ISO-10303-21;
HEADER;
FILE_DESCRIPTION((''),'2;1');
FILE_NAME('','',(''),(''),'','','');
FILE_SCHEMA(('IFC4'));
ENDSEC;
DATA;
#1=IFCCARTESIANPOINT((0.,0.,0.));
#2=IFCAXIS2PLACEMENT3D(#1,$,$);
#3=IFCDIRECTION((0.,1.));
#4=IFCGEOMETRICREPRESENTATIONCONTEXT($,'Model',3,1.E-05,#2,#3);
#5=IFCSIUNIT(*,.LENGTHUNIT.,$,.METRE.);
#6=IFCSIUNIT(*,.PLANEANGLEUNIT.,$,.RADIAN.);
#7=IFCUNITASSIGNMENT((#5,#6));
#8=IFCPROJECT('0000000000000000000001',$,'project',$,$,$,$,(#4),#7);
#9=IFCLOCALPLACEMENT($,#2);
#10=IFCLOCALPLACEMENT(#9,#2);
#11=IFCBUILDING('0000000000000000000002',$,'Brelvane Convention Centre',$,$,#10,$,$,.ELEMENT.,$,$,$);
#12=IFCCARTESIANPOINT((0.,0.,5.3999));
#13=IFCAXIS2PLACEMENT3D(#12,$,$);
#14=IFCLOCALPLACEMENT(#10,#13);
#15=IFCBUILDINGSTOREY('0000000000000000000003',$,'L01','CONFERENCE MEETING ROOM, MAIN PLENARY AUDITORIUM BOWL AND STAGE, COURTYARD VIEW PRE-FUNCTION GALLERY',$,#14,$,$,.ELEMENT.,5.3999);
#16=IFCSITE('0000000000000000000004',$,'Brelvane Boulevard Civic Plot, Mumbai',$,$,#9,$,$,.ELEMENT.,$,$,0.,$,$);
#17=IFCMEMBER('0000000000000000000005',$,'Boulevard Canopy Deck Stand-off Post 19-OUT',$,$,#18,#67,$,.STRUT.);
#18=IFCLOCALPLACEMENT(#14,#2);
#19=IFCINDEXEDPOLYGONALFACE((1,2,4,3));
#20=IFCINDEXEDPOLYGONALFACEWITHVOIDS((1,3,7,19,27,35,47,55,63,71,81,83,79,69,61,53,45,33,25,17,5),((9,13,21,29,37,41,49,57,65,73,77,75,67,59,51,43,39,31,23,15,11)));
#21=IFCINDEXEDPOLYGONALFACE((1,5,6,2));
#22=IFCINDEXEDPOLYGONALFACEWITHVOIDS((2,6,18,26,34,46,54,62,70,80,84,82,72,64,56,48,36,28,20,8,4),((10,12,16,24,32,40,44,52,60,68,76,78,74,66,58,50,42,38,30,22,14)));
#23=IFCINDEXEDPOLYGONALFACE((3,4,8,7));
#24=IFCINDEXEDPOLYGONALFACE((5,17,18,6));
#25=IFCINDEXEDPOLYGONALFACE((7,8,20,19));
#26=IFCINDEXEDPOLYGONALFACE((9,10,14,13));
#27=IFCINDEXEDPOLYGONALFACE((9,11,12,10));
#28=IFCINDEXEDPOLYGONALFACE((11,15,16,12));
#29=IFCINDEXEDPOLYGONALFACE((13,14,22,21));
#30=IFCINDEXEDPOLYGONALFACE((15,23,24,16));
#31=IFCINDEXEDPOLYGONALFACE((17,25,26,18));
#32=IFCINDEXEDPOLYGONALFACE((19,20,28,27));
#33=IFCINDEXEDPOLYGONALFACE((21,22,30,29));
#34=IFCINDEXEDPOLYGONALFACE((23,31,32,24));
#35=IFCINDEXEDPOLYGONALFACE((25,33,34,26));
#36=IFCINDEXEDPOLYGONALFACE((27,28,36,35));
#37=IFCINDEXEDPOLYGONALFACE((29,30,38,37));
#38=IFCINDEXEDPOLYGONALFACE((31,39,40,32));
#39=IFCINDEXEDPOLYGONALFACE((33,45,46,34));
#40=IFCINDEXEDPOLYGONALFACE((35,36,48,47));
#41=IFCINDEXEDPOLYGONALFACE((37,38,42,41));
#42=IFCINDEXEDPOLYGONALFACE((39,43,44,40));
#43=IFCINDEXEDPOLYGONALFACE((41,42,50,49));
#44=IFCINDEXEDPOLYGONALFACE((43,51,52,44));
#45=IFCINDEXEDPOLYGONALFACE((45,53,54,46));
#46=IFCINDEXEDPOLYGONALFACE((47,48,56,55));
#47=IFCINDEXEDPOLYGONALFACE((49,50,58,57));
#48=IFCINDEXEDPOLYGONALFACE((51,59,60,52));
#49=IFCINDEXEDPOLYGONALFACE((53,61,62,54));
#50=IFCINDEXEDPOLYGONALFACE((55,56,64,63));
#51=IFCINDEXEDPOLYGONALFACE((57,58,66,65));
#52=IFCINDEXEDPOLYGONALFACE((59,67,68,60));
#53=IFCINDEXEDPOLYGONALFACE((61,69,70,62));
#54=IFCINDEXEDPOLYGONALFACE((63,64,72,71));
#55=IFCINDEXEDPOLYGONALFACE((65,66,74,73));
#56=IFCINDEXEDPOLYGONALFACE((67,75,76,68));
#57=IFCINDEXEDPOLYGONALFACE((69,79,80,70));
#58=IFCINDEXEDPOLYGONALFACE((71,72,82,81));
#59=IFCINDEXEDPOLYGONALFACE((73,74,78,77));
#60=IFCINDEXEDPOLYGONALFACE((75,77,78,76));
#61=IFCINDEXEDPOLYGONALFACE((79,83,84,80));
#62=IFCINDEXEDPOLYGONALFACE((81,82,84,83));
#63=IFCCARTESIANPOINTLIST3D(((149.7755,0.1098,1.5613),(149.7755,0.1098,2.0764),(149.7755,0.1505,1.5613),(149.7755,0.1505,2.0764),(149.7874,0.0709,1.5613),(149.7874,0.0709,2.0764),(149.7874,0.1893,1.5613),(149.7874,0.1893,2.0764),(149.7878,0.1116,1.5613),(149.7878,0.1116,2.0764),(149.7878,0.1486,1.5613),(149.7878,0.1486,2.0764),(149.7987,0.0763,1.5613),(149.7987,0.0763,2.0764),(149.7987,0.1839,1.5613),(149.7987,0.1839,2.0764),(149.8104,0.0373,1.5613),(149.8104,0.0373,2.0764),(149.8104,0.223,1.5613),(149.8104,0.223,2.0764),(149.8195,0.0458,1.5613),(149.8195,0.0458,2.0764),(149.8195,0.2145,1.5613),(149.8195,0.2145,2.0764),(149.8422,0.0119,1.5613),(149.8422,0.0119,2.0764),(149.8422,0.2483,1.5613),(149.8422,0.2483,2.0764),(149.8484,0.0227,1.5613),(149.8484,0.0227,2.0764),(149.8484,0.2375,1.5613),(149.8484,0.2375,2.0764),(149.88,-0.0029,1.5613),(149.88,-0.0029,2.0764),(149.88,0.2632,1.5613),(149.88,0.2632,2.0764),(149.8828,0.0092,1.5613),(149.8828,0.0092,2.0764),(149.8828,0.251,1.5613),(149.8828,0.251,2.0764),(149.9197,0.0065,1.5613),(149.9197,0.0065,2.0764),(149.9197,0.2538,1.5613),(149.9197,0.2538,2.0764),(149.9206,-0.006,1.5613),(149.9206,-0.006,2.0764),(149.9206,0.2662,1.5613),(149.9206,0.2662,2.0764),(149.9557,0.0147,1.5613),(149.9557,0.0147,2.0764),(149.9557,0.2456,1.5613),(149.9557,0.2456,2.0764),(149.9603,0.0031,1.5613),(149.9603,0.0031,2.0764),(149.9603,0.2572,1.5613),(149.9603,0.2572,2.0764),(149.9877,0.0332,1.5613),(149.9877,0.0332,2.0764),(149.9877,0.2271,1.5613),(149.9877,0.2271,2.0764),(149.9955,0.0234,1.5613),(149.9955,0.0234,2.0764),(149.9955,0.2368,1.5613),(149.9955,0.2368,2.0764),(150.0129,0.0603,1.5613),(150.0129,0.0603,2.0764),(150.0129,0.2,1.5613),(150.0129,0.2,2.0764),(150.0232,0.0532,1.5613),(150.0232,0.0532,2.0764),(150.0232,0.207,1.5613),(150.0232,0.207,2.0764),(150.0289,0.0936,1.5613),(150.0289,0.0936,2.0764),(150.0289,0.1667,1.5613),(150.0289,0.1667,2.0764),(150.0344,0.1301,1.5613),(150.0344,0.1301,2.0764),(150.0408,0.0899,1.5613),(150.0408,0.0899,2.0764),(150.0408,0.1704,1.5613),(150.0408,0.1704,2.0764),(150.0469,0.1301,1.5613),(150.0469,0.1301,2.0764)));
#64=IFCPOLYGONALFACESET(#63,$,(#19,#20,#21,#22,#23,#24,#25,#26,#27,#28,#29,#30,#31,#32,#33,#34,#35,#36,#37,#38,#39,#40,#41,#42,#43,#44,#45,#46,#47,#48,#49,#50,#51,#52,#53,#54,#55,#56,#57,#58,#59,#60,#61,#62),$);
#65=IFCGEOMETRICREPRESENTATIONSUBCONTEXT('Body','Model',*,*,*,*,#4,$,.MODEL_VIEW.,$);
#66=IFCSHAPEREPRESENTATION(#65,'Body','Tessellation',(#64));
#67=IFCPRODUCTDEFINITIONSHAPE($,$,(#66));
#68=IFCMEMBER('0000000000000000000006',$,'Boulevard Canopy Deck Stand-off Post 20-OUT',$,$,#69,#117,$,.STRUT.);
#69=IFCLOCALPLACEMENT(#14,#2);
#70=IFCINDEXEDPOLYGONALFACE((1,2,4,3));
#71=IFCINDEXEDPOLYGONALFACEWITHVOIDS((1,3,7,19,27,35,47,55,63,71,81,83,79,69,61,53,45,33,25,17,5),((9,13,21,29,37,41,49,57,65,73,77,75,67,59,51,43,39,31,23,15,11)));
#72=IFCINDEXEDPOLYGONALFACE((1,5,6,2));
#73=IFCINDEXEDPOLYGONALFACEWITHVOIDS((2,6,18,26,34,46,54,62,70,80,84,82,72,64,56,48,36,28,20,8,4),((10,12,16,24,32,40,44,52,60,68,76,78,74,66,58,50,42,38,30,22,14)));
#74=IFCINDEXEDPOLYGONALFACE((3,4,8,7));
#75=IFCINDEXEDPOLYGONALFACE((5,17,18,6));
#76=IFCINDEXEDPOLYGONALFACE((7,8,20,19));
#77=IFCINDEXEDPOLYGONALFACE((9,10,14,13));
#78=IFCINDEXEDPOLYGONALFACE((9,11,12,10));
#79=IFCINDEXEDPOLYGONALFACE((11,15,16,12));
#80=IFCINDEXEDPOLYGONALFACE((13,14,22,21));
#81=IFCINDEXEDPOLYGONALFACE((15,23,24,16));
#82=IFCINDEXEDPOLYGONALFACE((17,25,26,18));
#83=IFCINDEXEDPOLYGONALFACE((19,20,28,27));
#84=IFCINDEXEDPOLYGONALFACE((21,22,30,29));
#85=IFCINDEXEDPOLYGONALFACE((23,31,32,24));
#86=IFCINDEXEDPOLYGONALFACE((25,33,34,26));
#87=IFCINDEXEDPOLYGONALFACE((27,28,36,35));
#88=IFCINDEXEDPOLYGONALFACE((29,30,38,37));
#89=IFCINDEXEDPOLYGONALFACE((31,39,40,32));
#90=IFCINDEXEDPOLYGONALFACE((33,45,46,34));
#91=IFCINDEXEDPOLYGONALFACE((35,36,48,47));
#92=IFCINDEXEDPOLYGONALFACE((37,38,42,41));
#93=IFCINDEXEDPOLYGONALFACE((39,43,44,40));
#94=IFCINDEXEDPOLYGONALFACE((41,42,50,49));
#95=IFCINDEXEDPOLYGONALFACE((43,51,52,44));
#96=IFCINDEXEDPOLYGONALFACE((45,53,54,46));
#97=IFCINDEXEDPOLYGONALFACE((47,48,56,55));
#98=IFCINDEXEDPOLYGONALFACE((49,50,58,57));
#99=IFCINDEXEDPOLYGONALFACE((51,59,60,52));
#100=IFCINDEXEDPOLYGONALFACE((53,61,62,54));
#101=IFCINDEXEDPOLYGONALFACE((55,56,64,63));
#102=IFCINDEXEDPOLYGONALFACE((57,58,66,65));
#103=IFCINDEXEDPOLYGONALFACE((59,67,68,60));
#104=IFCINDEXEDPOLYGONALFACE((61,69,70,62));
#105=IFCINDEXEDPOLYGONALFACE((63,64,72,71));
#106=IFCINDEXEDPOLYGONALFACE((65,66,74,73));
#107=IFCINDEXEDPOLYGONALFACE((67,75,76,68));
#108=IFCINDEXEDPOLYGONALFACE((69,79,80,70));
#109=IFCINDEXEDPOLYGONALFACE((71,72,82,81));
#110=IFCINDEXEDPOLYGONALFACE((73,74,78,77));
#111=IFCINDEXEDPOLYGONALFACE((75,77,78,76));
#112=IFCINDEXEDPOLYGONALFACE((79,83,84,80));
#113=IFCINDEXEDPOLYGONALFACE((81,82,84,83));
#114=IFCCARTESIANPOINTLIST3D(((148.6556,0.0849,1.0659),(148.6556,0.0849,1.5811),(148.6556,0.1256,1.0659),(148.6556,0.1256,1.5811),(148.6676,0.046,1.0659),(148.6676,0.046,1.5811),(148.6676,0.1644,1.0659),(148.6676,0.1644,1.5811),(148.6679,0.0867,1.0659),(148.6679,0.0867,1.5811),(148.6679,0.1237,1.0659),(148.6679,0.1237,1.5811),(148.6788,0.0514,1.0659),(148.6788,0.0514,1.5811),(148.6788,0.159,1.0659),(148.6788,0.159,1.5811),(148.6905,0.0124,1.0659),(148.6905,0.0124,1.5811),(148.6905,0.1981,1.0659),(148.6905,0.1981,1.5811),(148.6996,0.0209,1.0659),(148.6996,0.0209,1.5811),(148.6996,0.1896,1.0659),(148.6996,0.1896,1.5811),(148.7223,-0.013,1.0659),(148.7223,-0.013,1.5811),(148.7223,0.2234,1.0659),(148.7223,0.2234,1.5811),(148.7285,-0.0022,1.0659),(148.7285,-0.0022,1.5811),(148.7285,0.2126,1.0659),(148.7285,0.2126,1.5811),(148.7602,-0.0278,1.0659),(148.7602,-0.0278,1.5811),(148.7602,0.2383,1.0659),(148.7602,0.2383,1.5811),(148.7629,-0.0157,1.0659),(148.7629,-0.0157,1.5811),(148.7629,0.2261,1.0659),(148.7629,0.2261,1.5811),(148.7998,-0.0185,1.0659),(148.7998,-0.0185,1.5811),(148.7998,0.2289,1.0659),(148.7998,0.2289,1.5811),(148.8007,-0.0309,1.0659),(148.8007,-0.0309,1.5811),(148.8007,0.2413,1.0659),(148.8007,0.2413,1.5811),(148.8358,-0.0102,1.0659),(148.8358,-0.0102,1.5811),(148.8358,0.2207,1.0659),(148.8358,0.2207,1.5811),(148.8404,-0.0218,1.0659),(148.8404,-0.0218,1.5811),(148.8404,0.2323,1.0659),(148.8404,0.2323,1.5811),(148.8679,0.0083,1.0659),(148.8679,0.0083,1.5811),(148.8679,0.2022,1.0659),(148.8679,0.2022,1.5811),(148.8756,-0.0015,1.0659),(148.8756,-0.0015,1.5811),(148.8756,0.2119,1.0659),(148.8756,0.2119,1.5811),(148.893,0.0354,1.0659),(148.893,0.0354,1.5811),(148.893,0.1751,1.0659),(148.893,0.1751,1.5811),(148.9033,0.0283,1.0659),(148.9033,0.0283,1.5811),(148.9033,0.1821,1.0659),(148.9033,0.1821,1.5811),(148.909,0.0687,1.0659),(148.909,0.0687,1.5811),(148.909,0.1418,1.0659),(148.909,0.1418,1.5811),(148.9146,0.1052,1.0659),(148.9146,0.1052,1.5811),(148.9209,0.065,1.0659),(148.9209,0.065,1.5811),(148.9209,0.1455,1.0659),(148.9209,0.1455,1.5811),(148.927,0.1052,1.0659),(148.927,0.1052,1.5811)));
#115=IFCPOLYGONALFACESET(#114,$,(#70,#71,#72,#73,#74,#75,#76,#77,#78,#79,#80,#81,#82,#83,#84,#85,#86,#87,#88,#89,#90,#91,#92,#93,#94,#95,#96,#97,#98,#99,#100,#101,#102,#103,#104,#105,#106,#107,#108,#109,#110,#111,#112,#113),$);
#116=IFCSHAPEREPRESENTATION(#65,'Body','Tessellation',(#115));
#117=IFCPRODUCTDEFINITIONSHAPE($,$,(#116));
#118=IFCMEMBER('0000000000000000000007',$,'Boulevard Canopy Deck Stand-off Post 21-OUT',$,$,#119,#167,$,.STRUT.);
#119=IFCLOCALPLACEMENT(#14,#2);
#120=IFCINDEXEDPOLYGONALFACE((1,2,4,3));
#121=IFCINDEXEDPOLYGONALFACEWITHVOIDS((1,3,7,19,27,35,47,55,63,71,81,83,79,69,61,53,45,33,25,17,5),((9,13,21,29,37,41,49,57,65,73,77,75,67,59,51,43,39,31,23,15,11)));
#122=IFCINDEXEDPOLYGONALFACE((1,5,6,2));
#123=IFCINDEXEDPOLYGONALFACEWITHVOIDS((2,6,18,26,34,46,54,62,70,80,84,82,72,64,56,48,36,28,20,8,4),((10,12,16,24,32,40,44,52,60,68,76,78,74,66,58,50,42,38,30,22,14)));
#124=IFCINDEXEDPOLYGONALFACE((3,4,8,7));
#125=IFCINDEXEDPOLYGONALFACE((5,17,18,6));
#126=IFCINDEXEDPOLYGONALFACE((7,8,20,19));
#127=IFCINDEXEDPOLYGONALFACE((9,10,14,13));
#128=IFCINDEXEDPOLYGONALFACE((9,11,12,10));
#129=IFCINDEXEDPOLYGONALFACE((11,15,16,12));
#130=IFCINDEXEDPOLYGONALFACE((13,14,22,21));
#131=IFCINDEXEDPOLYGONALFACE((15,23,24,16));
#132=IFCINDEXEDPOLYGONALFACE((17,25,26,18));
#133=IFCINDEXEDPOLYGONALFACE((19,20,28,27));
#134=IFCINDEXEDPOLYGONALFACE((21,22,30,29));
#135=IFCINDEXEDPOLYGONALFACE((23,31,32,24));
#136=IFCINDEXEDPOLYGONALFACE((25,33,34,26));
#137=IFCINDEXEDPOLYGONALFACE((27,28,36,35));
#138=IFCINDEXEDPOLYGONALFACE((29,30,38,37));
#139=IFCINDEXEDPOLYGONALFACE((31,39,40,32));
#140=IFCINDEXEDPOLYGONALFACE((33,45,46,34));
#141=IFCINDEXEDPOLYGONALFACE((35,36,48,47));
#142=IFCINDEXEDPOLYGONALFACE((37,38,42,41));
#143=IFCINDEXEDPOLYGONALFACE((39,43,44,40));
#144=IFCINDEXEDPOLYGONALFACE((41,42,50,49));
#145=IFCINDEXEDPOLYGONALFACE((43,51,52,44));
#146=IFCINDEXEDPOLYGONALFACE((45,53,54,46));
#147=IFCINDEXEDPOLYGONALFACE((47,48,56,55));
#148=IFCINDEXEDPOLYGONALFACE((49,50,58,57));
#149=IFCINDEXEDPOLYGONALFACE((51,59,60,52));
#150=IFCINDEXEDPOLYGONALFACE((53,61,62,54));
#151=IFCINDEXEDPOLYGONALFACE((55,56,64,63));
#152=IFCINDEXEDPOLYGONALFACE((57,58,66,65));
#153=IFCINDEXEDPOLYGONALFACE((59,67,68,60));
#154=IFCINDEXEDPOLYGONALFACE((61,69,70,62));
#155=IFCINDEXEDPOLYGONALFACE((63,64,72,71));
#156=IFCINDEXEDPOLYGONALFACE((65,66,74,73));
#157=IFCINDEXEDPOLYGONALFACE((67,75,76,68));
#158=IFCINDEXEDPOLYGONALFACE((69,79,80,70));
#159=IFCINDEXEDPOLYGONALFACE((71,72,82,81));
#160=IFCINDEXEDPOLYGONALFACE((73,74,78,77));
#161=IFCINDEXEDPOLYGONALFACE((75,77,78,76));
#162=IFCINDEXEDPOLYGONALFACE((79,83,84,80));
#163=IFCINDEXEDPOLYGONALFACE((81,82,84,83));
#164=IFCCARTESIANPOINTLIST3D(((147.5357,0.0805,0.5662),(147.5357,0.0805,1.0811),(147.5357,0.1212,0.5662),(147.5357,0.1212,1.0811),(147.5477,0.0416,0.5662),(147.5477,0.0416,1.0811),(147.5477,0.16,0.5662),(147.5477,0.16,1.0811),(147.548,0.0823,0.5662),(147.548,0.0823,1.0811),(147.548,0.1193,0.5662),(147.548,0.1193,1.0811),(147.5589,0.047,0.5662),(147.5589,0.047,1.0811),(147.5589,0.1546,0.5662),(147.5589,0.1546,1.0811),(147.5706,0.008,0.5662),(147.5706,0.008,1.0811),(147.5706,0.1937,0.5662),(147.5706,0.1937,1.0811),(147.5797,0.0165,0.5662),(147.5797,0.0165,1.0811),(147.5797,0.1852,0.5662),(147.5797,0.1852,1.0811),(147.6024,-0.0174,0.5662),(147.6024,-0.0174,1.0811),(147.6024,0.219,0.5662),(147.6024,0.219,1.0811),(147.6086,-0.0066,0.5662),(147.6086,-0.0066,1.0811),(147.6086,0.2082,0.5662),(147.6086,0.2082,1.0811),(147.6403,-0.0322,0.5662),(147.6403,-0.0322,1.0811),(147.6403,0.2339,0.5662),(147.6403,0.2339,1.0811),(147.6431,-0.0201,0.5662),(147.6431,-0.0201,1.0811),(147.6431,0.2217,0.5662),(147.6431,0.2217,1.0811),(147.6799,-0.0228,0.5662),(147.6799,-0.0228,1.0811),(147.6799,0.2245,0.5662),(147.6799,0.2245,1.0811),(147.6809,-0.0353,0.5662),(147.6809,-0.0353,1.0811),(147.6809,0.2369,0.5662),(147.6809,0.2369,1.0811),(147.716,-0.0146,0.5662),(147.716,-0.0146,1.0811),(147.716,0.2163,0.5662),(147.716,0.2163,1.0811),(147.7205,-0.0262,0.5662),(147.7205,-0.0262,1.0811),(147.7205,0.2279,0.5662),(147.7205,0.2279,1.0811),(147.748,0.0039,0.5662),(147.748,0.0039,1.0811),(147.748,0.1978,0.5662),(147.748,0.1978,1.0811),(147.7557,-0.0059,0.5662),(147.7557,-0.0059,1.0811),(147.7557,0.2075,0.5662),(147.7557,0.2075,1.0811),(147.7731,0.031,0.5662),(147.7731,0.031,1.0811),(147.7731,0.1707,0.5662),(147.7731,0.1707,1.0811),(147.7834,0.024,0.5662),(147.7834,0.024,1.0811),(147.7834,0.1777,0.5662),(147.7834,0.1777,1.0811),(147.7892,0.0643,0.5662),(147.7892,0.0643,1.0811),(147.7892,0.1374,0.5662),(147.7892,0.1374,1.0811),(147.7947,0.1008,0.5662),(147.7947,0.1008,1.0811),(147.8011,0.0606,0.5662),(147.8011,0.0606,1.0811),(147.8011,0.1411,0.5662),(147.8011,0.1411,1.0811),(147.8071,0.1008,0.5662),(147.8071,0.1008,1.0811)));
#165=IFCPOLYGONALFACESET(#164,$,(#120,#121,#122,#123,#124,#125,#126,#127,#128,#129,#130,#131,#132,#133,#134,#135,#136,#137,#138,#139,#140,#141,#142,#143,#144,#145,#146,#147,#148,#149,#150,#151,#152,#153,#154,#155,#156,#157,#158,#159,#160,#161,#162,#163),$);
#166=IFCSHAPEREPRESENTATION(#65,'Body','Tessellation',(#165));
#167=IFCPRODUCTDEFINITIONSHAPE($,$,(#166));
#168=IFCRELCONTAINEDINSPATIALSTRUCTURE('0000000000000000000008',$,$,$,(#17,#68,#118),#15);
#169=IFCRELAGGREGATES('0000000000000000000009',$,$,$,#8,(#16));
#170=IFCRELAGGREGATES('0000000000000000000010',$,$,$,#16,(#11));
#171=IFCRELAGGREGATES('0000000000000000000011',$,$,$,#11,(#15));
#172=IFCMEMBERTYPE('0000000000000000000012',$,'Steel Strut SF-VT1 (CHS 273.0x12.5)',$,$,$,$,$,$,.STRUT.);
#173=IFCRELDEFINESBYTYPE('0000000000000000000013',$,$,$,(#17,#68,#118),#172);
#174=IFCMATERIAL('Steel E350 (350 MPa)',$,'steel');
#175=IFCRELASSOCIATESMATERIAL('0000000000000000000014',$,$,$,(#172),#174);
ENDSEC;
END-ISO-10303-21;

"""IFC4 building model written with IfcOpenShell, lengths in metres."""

from ifc_helpers import new_model, si_unit, direction, frame, origin, origin_2d, place, context, subcontext, project, spatial, hollow_circle, extrude, material, material_profile, profile_set, type_object, element, save


model = new_model("IFC4")

# Units and contexts
model_context = context("Model", 3, precision=1e-05, world=origin(), true_north=direction((0.0, 1.0)))
body_context = subcontext(model_context, "Body", "Model", "MODEL_VIEW")
ifc_project = project(units=[si_unit("LENGTHUNIT", "METRE"), si_unit("PLANEANGLEUNIT", "RADIAN")], contexts=[model_context])

# Site, building, storey
site_placement = place(None, origin())
site = spatial("IfcSite", under=ifc_project, at=site_placement, Name="Brelvane Boulevard Civic Plot, Mumbai", CompositionType="ELEMENT", RefElevation=0.0)
building_placement = place(site_placement, origin())
building = spatial("IfcBuilding", under=site, at=building_placement, Name="Brelvane Convention Centre", CompositionType="ELEMENT")
storey_placement = place(building_placement, frame((0.0, 0.0, 5.3999)))
storey = spatial("IfcBuildingStorey", under=building, at=storey_placement, Name="L01", Description="CONFERENCE MEETING ROOM, MAIN PLENARY AUDITORIUM BOWL AND STAGE, COURTYARD VIEW PRE-FUNCTION GALLERY", CompositionType="ELEMENT", Elevation=5.3999)

# Members
ifc_material_1 = material(Name="Steel E350 (350 MPa)", Category="steel")
ifc_material_profile_1 = material_profile(ifc_material_1, hollow_circle(Radius=0.1365, WallThickness=0.0125, at=origin_2d()), Name="CHS 273.0x12.5")
ifc_profile_set_1 = profile_set([ifc_material_profile_1], Name="Steel E350 (350 MPa)")
member_type_1 = type_object("IfcMemberType", Name="Steel Strut SF-VT1 (CHS 273.0x12.5)", PredefinedType="STRUT", material=ifc_profile_set_1)
for number, where, z_axis, x_axis, name in (
    (1, (149.9104, 0.1301, 1.5613), (0.0, 0.0, 1.0), (1.0, 0.0, 0.0), "Boulevard Canopy Deck Stand-off Post 19-OUT"),
    (2, (148.7905, 0.1052, 1.0659), (0.0, 0.0, 1.0), (1.0, 0.0, 0.0), "Boulevard Canopy Deck Stand-off Post 20-OUT"),
):
    element("IfcMember", number, at=place(storey_placement, frame(where, z_axis=z_axis, x_axis=x_axis)), inside=storey, type_object=member_type_1, Name=name, PredefinedType="STRUT", context=body_context, shape_type="SweptSolid", body=[
        extrude(hollow_circle(Radius=0.1365, WallThickness=0.0125, at=origin_2d()), origin(), (0.0, 0.0, 1.0), 0.5151),
    ])
for number, where, z_axis, x_axis, name in (
    (3, (147.6707, 0.1008, 0.5662), (0.0, 0.0, 1.0), (1.0, 0.0, 0.0), "Boulevard Canopy Deck Stand-off Post 21-OUT"),
):
    element("IfcMember", number, at=place(storey_placement, frame(where, z_axis=z_axis, x_axis=x_axis)), inside=storey, type_object=member_type_1, Name=name, PredefinedType="STRUT", context=body_context, shape_type="SweptSolid", body=[
        extrude(hollow_circle(Radius=0.1365, WallThickness=0.0125, at=origin_2d()), origin(), (0.0, 0.0, 1.0), 0.5149),
    ])

save(model, "model.ifc")
